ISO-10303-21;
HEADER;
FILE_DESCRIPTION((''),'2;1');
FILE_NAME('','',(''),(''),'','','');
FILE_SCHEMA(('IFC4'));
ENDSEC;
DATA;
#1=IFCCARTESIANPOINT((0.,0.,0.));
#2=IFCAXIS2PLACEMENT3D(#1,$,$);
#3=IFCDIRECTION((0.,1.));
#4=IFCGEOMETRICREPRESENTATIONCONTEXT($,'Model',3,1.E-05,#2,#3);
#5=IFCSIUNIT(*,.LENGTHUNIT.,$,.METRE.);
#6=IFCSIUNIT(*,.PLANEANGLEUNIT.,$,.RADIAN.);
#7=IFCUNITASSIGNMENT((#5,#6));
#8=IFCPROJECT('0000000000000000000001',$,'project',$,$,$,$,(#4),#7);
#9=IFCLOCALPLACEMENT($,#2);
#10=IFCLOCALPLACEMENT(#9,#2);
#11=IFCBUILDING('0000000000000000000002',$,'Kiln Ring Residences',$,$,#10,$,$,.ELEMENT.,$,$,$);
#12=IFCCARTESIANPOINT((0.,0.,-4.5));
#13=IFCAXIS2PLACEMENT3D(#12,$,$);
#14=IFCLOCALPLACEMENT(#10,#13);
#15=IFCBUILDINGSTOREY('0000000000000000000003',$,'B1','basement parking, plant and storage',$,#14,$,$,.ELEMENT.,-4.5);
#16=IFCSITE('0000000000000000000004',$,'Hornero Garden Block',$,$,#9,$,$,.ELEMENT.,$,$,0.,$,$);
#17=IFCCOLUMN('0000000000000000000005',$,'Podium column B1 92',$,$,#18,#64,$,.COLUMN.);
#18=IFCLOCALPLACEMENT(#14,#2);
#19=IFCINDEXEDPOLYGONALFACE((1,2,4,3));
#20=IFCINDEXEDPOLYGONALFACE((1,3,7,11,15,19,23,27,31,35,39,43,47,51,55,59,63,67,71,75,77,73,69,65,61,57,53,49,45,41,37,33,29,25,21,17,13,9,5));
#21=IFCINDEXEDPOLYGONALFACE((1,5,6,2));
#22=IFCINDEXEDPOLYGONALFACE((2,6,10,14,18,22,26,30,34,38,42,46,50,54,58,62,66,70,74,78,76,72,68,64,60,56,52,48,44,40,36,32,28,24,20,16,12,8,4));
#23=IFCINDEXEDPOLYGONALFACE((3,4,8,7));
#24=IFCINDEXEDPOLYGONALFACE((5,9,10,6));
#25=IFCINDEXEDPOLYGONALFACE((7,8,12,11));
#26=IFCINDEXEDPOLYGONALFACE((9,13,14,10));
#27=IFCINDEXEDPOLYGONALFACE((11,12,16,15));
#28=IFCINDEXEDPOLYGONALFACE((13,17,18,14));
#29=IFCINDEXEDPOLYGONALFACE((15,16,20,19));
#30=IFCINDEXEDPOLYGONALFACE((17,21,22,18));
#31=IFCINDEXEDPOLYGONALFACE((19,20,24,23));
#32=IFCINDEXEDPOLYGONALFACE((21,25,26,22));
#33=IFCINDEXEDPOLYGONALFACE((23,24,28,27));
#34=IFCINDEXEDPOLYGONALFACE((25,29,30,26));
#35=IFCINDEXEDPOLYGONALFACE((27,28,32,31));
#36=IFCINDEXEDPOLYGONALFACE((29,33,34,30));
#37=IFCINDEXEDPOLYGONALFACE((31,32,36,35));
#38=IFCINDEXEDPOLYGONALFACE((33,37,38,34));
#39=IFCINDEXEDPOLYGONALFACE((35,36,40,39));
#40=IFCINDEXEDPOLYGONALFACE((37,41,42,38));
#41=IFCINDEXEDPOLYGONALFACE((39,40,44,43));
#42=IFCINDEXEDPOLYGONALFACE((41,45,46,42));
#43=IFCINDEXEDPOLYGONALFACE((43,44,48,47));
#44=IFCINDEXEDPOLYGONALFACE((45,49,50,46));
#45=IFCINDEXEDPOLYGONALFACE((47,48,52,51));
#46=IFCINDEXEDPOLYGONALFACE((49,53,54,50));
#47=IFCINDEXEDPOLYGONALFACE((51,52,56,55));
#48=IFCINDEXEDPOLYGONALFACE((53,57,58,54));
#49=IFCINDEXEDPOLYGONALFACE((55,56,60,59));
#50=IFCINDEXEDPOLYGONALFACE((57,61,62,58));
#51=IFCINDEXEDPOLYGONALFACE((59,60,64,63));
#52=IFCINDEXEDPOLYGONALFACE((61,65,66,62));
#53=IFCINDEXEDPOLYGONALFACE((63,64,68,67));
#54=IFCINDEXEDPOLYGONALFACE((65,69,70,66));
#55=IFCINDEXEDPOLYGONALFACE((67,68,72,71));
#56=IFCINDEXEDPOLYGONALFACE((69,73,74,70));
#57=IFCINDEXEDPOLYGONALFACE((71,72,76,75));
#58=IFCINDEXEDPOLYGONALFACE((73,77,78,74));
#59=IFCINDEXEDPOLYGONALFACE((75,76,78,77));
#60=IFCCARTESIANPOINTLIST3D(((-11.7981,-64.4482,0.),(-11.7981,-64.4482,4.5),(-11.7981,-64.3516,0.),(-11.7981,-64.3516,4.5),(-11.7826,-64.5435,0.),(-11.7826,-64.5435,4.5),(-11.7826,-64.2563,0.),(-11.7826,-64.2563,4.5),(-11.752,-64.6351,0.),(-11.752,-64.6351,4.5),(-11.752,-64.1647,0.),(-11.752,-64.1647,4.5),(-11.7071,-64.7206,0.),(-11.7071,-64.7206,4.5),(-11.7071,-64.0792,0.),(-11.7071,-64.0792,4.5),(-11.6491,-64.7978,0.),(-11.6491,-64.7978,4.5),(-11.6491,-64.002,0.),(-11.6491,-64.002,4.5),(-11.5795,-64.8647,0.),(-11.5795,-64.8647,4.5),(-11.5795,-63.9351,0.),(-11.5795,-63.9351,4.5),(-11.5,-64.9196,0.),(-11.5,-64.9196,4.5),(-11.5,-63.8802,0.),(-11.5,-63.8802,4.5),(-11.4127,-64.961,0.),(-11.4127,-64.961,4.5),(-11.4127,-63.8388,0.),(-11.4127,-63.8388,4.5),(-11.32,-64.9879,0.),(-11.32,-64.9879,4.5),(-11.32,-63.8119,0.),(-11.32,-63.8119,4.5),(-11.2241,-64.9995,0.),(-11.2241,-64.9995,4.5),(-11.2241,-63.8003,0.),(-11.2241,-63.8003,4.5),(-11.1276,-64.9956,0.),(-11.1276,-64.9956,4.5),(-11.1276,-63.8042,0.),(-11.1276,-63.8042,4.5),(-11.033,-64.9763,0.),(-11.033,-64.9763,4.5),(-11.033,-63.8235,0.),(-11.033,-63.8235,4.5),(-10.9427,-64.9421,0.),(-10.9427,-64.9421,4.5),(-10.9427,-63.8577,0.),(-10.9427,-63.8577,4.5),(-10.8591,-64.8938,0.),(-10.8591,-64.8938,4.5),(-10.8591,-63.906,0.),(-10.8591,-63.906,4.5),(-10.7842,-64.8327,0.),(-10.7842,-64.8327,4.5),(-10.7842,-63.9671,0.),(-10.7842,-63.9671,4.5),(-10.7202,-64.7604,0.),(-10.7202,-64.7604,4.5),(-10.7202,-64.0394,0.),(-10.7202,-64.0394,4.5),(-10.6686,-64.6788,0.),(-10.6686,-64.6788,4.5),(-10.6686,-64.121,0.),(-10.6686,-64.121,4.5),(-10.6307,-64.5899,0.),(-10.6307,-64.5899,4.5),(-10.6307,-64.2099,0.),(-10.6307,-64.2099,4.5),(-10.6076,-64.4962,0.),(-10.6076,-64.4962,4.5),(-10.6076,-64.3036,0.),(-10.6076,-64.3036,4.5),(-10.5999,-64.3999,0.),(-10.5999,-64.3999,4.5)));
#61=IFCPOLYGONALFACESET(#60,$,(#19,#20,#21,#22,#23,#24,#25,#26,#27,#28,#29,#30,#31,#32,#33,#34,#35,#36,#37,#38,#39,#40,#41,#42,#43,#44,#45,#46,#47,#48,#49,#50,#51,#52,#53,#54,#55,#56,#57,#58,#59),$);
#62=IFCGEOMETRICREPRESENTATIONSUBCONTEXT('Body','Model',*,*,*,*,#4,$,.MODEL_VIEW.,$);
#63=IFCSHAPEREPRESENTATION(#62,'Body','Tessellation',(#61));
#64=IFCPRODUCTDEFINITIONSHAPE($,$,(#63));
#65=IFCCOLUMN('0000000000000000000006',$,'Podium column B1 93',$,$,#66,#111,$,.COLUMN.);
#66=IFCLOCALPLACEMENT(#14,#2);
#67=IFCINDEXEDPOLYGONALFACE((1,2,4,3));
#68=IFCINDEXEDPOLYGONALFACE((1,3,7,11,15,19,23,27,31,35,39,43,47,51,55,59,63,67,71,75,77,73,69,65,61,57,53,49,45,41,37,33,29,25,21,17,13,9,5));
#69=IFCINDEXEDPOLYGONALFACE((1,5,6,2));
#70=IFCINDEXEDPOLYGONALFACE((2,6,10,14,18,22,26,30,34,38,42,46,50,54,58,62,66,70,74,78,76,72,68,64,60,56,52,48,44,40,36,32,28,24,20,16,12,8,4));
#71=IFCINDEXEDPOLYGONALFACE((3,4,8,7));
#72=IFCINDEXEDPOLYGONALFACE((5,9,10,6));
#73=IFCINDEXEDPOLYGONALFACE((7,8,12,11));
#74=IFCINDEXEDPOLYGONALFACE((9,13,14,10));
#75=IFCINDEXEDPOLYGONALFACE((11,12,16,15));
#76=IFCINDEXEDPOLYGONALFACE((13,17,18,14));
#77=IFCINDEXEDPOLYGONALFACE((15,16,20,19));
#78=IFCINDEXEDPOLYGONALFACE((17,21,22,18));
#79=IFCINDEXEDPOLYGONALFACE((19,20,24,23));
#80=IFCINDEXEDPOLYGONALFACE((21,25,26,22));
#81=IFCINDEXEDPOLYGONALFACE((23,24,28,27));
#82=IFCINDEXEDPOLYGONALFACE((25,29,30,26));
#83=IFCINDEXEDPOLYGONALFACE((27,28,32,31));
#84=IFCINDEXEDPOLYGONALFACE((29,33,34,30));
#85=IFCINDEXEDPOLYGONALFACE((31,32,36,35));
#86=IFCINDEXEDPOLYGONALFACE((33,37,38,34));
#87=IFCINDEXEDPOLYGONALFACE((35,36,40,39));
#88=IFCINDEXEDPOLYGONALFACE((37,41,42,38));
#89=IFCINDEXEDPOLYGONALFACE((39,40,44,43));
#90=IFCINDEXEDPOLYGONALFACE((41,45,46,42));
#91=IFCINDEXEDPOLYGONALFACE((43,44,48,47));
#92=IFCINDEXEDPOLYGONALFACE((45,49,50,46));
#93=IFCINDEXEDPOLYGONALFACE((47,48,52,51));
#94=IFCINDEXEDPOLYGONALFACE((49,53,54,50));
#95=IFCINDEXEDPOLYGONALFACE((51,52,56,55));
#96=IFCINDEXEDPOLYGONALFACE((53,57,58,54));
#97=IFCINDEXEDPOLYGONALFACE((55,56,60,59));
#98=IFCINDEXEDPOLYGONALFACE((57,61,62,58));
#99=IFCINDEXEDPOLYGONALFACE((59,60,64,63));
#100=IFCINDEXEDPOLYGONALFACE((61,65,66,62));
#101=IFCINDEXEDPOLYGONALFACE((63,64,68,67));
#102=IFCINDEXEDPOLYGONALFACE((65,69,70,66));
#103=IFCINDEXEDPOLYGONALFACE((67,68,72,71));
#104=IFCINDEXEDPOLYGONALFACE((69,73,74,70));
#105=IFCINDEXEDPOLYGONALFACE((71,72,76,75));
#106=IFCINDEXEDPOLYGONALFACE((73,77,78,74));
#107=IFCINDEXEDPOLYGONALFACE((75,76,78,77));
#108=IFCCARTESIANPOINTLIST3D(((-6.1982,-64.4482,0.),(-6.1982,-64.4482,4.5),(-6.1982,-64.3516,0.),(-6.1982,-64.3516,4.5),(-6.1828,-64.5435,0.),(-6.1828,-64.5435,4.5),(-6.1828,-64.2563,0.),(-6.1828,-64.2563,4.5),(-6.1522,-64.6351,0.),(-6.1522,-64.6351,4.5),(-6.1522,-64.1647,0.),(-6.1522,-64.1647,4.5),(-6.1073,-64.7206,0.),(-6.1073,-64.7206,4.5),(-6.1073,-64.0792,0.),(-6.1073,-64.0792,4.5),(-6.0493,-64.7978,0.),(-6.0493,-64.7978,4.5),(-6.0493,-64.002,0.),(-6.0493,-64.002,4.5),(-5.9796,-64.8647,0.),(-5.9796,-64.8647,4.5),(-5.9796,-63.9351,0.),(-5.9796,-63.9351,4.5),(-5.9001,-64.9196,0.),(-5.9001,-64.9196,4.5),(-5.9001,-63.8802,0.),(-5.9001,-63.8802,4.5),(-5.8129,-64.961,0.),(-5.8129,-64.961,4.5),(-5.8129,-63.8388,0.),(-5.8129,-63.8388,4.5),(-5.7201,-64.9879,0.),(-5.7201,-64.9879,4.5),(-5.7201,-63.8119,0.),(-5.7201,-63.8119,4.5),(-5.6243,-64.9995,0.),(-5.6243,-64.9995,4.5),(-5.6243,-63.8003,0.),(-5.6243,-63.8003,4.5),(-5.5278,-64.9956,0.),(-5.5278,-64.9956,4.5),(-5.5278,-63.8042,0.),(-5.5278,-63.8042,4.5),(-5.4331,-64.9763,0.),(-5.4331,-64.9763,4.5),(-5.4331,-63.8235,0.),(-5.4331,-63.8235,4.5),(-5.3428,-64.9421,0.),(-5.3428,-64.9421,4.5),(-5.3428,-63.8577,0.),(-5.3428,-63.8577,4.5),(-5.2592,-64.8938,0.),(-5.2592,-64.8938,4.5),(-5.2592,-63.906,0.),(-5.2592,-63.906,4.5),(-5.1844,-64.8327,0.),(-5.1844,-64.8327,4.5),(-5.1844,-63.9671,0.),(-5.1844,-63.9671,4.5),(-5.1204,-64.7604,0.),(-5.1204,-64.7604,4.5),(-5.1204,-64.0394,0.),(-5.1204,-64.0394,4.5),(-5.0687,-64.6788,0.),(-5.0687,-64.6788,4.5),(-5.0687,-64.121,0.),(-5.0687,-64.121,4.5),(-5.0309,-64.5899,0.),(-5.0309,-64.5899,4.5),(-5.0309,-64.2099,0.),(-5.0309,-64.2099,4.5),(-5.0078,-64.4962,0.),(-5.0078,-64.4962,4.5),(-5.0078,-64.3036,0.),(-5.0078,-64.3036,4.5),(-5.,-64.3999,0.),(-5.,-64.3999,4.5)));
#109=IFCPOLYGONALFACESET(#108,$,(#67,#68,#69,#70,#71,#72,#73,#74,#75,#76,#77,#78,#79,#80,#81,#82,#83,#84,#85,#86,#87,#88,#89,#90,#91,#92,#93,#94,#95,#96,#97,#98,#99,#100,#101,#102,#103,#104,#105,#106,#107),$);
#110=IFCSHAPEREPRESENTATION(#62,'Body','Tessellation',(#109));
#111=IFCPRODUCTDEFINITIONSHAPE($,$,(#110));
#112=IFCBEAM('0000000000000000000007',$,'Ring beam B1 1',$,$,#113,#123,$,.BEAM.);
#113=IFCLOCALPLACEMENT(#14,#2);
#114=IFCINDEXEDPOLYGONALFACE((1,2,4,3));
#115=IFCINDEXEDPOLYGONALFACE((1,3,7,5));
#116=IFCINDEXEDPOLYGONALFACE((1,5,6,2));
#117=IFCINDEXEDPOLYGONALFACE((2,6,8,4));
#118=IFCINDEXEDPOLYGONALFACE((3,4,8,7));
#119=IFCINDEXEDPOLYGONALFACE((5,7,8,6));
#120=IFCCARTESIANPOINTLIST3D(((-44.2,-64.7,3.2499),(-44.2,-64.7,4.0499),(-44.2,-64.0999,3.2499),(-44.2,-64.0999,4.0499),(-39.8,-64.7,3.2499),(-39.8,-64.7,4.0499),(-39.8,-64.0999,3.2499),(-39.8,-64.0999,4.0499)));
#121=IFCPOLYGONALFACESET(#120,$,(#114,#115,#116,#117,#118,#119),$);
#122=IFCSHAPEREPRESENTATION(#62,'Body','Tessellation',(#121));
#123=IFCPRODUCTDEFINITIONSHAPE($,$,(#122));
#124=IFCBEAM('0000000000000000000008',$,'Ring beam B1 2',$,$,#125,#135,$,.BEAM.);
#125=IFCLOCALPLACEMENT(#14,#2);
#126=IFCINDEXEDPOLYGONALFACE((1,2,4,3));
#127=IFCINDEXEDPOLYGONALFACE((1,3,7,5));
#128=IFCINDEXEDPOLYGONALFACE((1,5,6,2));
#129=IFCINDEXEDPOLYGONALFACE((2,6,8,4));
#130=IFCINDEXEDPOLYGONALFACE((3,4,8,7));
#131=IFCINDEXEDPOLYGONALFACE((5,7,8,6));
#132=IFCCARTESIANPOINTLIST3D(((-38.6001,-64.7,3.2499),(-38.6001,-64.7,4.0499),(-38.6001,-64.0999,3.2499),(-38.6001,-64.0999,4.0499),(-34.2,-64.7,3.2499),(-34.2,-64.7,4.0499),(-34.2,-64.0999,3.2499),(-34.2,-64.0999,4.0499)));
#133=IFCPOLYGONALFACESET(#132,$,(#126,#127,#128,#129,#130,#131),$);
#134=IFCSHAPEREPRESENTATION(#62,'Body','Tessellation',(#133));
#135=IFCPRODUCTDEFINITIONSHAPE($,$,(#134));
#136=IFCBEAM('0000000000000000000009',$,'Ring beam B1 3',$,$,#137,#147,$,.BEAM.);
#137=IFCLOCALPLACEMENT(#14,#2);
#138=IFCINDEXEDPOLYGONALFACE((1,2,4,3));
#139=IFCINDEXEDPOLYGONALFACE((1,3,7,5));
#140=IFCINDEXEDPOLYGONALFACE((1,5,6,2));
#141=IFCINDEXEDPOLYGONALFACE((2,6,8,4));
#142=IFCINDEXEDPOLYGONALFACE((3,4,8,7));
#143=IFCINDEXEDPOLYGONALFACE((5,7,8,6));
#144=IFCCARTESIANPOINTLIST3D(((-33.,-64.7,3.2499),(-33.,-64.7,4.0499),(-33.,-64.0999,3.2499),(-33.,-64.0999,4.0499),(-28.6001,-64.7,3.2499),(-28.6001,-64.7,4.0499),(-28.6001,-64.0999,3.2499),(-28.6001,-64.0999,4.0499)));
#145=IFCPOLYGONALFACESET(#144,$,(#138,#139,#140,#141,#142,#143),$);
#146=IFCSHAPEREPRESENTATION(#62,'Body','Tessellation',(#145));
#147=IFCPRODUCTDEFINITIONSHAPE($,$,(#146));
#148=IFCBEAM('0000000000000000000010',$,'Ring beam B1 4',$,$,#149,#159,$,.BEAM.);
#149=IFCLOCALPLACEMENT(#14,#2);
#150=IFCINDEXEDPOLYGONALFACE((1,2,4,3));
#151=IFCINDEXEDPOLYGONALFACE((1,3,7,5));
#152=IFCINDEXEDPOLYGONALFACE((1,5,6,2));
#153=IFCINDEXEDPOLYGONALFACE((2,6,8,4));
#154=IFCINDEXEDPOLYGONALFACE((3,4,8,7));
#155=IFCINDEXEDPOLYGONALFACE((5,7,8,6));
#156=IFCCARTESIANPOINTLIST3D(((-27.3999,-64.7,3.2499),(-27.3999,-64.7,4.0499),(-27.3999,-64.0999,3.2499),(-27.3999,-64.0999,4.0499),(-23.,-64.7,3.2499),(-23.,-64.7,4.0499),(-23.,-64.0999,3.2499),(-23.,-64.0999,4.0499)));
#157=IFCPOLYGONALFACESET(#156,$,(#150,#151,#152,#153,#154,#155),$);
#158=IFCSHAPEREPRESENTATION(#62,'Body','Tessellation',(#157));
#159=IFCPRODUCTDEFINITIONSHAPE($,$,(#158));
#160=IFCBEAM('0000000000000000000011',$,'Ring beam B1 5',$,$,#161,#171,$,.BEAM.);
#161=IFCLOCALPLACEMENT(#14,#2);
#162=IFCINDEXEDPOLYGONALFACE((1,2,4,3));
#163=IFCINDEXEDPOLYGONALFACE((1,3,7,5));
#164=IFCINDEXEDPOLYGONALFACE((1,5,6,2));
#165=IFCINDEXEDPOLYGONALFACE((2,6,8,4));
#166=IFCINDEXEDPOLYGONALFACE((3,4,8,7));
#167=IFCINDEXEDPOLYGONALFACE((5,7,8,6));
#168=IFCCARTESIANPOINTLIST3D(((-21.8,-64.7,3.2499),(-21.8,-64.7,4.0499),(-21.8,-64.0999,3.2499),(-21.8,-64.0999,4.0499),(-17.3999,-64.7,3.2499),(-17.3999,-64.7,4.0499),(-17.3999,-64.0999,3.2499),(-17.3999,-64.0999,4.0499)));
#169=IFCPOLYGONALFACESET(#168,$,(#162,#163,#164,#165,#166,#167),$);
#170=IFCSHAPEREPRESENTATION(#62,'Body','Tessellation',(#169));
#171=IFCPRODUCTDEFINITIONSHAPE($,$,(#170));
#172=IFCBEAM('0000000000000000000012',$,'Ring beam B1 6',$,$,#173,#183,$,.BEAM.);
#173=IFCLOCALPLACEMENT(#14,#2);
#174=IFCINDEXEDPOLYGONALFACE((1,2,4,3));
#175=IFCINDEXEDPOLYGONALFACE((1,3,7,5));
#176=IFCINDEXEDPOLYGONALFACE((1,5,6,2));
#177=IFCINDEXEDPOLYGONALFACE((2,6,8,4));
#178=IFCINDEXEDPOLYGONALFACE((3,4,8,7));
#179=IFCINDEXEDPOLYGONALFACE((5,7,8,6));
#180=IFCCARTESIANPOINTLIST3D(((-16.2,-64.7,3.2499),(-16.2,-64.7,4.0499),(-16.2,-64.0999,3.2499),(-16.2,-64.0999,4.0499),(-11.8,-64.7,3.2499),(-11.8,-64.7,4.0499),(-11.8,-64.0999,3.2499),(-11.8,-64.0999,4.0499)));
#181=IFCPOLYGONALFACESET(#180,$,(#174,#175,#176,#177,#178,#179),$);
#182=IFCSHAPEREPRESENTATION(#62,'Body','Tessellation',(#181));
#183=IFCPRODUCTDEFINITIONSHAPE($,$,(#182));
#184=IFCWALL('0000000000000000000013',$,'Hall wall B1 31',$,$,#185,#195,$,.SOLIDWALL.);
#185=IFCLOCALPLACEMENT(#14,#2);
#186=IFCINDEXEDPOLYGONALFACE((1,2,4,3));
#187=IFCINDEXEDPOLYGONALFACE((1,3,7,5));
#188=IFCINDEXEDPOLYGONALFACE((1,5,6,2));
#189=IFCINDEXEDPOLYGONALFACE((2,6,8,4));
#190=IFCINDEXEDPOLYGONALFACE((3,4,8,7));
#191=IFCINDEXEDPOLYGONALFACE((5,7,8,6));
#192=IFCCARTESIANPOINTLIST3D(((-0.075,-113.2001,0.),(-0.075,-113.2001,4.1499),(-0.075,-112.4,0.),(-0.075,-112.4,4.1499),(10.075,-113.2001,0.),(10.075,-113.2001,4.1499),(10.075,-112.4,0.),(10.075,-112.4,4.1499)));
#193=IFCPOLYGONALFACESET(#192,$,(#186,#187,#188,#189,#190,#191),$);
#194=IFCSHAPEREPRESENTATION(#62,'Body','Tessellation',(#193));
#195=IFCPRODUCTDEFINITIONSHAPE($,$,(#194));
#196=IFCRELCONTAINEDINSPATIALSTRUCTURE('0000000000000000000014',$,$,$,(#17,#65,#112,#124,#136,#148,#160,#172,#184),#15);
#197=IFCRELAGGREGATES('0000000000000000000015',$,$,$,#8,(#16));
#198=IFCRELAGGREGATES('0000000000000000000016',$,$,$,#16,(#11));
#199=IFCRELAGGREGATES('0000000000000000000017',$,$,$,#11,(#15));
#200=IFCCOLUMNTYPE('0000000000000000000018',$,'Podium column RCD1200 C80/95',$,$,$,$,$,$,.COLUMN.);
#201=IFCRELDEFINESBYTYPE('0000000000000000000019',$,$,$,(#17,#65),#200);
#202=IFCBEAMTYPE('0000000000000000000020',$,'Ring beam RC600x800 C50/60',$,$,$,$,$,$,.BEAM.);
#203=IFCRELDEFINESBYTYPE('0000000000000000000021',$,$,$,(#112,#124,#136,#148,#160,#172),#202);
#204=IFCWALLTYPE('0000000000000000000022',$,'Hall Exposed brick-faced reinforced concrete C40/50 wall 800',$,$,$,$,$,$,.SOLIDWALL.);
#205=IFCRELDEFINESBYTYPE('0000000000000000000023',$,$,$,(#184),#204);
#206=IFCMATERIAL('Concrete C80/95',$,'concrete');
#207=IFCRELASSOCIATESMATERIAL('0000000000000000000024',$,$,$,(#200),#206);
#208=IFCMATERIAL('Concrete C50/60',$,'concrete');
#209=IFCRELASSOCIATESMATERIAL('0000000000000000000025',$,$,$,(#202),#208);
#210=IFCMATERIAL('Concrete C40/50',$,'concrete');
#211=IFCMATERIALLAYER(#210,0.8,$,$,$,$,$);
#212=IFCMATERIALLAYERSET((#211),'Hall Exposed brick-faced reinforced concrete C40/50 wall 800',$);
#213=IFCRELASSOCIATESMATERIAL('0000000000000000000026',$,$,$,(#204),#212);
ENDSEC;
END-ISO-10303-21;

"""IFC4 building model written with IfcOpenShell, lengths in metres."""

from ifc_helpers import new_model, si_unit, direction, frame, frame_2d, origin, origin_2d, place, context, subcontext, project, spatial, rectangle, circle, extrude, material, layer, layer_set, material_profile, profile_set, type_object, element, save


model = new_model("IFC4")

# Units and contexts
model_context = context("Model", 3, precision=1e-05, world=origin(), true_north=direction((0.0, 1.0)))
body_context = subcontext(model_context, "Body", "Model", "MODEL_VIEW")
ifc_project = project(units=[si_unit("LENGTHUNIT", "METRE"), si_unit("PLANEANGLEUNIT", "RADIAN")], contexts=[model_context])

# Site, building, storey
site_placement = place(None, origin())
site = spatial("IfcSite", under=ifc_project, at=site_placement, Name="Hornero Garden Block", CompositionType="ELEMENT", RefElevation=0.0)
building_placement = place(site_placement, origin())
building = spatial("IfcBuilding", under=site, at=building_placement, Name="Kiln Ring Residences", CompositionType="ELEMENT")
storey_placement = place(building_placement, frame((0.0, 0.0, -4.5)))
storey = spatial("IfcBuildingStorey", under=building, at=storey_placement, Name="B1", Description="basement parking, plant and storage", CompositionType="ELEMENT", Elevation=-4.5)

# Columns
ifc_material_1 = material(Name="Concrete C80/95", Category="concrete")
ifc_material_profile_1 = material_profile(ifc_material_1, circle(Radius=0.6001, at=origin_2d()), Name="RCD1200")
ifc_profile_set_1 = profile_set([ifc_material_profile_1], Name="Concrete C80/95")
column_type = type_object("IfcColumnType", Name="Podium column RCD1200 C80/95", PredefinedType="COLUMN", material=ifc_profile_set_1)
for number, where, z_axis, x_axis, name in (
    (1, (-11.2, -64.3999, 0.0), (0.0, 0.0, 1.0), (1.0, 0.0, 0.0), "Podium column B1 92"),
    (2, (-5.6001, -64.3999, 0.0), (0.0, 0.0, 1.0), (1.0, 0.0, 0.0), "Podium column B1 93"),
):
    element("IfcColumn", number, at=place(storey_placement, frame(where, z_axis=z_axis, x_axis=x_axis)), inside=storey, type_object=column_type, Name=name, PredefinedType="COLUMN", context=body_context, shape_type="SweptSolid", body=[
        extrude(circle(Radius=0.6001, at=origin_2d()), origin(), (0.0, 0.0, 1.0), 4.5),
    ])

# Beams
ifc_material_2 = material(Name="Concrete C50/60", Category="concrete")
ifc_material_profile_2 = material_profile(ifc_material_2, rectangle(XDim=0.6001, YDim=0.8, at=origin_2d()), Name="RC600x800")
ifc_profile_set_2 = profile_set([ifc_material_profile_2], Name="Concrete C50/60")
beam_type = type_object("IfcBeamType", Name="Ring beam RC600x800 C50/60", PredefinedType="BEAM", material=ifc_profile_set_2)
beam_1_placement = place(storey_placement, frame((-44.2, -64.3999, 3.6499), z_axis=(1.0, 0.0, 0.0), x_axis=(0.0, 1.0, 0.0)))
element("IfcBeam", 3, at=beam_1_placement, inside=storey, type_object=beam_type, Name="Ring beam B1 1", PredefinedType="BEAM", context=body_context, shape_type="SweptSolid", body=[
    extrude(rectangle(XDim=0.6001, YDim=0.8, at=origin_2d()), origin(), (0.0, 0.0, 1.0), 4.3999),
])
beam_2_placement = place(storey_placement, frame((-38.6001, -64.3999, 3.6499), z_axis=(1.0, 0.0, 0.0), x_axis=(0.0, 1.0, 0.0)))
element("IfcBeam", 4, at=beam_2_placement, inside=storey, type_object=beam_type, Name="Ring beam B1 2", PredefinedType="BEAM", context=body_context, shape_type="SweptSolid", body=[
    extrude(rectangle(XDim=0.6001, YDim=0.8, at=origin_2d()), origin(), (0.0, 0.0, 1.0), 4.4001),
])
for number, where, z_axis, x_axis, name in (
    (5, (-33.0, -64.3999, 3.6499), (1.0, 0.0, 0.0), (0.0, 1.0, 0.0), "Ring beam B1 3"),
    (6, (-27.3999, -64.3999, 3.6499), (1.0, 0.0, 0.0), (0.0, 1.0, 0.0), "Ring beam B1 4"),
):
    element("IfcBeam", number, at=place(storey_placement, frame(where, z_axis=z_axis, x_axis=x_axis)), inside=storey, type_object=beam_type, Name=name, PredefinedType="BEAM", context=body_context, shape_type="SweptSolid", body=[
        extrude(rectangle(XDim=0.6001, YDim=0.8, at=origin_2d()), origin(), (0.0, 0.0, 1.0), 4.3999),
    ])
beam_3_placement = place(storey_placement, frame((-21.8, -64.3999, 3.6499), z_axis=(1.0, 0.0, 0.0), x_axis=(0.0, 1.0, 0.0)))
element("IfcBeam", 7, at=beam_3_placement, inside=storey, type_object=beam_type, Name="Ring beam B1 5", PredefinedType="BEAM", context=body_context, shape_type="SweptSolid", body=[
    extrude(rectangle(XDim=0.6001, YDim=0.8, at=origin_2d()), origin(), (0.0, 0.0, 1.0), 4.4001),
])
beam_4_placement = place(storey_placement, frame((-16.2, -64.3999, 3.6499), z_axis=(1.0, 0.0, 0.0), x_axis=(0.0, 1.0, 0.0)))
element("IfcBeam", 8, at=beam_4_placement, inside=storey, type_object=beam_type, Name="Ring beam B1 6", PredefinedType="BEAM", context=body_context, shape_type="SweptSolid", body=[
    extrude(rectangle(XDim=0.6001, YDim=0.8, at=origin_2d()), origin(), (0.0, 0.0, 1.0), 4.3999),
])

# Wall
ifc_material_3 = material(Name="Concrete C40/50", Category="concrete")
ifc_layer = layer(ifc_material_3, 0.8)
ifc_layer_set = layer_set([ifc_layer], Name="Hall Exposed brick-faced reinforced concrete C40/50 wall 800")
wall_type = type_object("IfcWallType", Name="Hall Exposed brick-faced reinforced concrete C40/50 wall 800", PredefinedType="SOLIDWALL", material=ifc_layer_set)
wall_placement = place(storey_placement, frame((-0.075, -112.8, 0.0), z_axis=(0.0, 0.0, 1.0), x_axis=(1.0, 0.0, 0.0)))
element("IfcWall", 9, at=wall_placement, inside=storey, type_object=wall_type, Name="Hall wall B1 31", PredefinedType="SOLIDWALL", context=body_context, shape_type="SweptSolid", body=[
    extrude(rectangle(XDim=10.1499, YDim=0.8, at=frame_2d((5.075, 0.0))), origin(), (0.0, 0.0, 1.0), 4.1499),
])

save(model, "model.ifc")
